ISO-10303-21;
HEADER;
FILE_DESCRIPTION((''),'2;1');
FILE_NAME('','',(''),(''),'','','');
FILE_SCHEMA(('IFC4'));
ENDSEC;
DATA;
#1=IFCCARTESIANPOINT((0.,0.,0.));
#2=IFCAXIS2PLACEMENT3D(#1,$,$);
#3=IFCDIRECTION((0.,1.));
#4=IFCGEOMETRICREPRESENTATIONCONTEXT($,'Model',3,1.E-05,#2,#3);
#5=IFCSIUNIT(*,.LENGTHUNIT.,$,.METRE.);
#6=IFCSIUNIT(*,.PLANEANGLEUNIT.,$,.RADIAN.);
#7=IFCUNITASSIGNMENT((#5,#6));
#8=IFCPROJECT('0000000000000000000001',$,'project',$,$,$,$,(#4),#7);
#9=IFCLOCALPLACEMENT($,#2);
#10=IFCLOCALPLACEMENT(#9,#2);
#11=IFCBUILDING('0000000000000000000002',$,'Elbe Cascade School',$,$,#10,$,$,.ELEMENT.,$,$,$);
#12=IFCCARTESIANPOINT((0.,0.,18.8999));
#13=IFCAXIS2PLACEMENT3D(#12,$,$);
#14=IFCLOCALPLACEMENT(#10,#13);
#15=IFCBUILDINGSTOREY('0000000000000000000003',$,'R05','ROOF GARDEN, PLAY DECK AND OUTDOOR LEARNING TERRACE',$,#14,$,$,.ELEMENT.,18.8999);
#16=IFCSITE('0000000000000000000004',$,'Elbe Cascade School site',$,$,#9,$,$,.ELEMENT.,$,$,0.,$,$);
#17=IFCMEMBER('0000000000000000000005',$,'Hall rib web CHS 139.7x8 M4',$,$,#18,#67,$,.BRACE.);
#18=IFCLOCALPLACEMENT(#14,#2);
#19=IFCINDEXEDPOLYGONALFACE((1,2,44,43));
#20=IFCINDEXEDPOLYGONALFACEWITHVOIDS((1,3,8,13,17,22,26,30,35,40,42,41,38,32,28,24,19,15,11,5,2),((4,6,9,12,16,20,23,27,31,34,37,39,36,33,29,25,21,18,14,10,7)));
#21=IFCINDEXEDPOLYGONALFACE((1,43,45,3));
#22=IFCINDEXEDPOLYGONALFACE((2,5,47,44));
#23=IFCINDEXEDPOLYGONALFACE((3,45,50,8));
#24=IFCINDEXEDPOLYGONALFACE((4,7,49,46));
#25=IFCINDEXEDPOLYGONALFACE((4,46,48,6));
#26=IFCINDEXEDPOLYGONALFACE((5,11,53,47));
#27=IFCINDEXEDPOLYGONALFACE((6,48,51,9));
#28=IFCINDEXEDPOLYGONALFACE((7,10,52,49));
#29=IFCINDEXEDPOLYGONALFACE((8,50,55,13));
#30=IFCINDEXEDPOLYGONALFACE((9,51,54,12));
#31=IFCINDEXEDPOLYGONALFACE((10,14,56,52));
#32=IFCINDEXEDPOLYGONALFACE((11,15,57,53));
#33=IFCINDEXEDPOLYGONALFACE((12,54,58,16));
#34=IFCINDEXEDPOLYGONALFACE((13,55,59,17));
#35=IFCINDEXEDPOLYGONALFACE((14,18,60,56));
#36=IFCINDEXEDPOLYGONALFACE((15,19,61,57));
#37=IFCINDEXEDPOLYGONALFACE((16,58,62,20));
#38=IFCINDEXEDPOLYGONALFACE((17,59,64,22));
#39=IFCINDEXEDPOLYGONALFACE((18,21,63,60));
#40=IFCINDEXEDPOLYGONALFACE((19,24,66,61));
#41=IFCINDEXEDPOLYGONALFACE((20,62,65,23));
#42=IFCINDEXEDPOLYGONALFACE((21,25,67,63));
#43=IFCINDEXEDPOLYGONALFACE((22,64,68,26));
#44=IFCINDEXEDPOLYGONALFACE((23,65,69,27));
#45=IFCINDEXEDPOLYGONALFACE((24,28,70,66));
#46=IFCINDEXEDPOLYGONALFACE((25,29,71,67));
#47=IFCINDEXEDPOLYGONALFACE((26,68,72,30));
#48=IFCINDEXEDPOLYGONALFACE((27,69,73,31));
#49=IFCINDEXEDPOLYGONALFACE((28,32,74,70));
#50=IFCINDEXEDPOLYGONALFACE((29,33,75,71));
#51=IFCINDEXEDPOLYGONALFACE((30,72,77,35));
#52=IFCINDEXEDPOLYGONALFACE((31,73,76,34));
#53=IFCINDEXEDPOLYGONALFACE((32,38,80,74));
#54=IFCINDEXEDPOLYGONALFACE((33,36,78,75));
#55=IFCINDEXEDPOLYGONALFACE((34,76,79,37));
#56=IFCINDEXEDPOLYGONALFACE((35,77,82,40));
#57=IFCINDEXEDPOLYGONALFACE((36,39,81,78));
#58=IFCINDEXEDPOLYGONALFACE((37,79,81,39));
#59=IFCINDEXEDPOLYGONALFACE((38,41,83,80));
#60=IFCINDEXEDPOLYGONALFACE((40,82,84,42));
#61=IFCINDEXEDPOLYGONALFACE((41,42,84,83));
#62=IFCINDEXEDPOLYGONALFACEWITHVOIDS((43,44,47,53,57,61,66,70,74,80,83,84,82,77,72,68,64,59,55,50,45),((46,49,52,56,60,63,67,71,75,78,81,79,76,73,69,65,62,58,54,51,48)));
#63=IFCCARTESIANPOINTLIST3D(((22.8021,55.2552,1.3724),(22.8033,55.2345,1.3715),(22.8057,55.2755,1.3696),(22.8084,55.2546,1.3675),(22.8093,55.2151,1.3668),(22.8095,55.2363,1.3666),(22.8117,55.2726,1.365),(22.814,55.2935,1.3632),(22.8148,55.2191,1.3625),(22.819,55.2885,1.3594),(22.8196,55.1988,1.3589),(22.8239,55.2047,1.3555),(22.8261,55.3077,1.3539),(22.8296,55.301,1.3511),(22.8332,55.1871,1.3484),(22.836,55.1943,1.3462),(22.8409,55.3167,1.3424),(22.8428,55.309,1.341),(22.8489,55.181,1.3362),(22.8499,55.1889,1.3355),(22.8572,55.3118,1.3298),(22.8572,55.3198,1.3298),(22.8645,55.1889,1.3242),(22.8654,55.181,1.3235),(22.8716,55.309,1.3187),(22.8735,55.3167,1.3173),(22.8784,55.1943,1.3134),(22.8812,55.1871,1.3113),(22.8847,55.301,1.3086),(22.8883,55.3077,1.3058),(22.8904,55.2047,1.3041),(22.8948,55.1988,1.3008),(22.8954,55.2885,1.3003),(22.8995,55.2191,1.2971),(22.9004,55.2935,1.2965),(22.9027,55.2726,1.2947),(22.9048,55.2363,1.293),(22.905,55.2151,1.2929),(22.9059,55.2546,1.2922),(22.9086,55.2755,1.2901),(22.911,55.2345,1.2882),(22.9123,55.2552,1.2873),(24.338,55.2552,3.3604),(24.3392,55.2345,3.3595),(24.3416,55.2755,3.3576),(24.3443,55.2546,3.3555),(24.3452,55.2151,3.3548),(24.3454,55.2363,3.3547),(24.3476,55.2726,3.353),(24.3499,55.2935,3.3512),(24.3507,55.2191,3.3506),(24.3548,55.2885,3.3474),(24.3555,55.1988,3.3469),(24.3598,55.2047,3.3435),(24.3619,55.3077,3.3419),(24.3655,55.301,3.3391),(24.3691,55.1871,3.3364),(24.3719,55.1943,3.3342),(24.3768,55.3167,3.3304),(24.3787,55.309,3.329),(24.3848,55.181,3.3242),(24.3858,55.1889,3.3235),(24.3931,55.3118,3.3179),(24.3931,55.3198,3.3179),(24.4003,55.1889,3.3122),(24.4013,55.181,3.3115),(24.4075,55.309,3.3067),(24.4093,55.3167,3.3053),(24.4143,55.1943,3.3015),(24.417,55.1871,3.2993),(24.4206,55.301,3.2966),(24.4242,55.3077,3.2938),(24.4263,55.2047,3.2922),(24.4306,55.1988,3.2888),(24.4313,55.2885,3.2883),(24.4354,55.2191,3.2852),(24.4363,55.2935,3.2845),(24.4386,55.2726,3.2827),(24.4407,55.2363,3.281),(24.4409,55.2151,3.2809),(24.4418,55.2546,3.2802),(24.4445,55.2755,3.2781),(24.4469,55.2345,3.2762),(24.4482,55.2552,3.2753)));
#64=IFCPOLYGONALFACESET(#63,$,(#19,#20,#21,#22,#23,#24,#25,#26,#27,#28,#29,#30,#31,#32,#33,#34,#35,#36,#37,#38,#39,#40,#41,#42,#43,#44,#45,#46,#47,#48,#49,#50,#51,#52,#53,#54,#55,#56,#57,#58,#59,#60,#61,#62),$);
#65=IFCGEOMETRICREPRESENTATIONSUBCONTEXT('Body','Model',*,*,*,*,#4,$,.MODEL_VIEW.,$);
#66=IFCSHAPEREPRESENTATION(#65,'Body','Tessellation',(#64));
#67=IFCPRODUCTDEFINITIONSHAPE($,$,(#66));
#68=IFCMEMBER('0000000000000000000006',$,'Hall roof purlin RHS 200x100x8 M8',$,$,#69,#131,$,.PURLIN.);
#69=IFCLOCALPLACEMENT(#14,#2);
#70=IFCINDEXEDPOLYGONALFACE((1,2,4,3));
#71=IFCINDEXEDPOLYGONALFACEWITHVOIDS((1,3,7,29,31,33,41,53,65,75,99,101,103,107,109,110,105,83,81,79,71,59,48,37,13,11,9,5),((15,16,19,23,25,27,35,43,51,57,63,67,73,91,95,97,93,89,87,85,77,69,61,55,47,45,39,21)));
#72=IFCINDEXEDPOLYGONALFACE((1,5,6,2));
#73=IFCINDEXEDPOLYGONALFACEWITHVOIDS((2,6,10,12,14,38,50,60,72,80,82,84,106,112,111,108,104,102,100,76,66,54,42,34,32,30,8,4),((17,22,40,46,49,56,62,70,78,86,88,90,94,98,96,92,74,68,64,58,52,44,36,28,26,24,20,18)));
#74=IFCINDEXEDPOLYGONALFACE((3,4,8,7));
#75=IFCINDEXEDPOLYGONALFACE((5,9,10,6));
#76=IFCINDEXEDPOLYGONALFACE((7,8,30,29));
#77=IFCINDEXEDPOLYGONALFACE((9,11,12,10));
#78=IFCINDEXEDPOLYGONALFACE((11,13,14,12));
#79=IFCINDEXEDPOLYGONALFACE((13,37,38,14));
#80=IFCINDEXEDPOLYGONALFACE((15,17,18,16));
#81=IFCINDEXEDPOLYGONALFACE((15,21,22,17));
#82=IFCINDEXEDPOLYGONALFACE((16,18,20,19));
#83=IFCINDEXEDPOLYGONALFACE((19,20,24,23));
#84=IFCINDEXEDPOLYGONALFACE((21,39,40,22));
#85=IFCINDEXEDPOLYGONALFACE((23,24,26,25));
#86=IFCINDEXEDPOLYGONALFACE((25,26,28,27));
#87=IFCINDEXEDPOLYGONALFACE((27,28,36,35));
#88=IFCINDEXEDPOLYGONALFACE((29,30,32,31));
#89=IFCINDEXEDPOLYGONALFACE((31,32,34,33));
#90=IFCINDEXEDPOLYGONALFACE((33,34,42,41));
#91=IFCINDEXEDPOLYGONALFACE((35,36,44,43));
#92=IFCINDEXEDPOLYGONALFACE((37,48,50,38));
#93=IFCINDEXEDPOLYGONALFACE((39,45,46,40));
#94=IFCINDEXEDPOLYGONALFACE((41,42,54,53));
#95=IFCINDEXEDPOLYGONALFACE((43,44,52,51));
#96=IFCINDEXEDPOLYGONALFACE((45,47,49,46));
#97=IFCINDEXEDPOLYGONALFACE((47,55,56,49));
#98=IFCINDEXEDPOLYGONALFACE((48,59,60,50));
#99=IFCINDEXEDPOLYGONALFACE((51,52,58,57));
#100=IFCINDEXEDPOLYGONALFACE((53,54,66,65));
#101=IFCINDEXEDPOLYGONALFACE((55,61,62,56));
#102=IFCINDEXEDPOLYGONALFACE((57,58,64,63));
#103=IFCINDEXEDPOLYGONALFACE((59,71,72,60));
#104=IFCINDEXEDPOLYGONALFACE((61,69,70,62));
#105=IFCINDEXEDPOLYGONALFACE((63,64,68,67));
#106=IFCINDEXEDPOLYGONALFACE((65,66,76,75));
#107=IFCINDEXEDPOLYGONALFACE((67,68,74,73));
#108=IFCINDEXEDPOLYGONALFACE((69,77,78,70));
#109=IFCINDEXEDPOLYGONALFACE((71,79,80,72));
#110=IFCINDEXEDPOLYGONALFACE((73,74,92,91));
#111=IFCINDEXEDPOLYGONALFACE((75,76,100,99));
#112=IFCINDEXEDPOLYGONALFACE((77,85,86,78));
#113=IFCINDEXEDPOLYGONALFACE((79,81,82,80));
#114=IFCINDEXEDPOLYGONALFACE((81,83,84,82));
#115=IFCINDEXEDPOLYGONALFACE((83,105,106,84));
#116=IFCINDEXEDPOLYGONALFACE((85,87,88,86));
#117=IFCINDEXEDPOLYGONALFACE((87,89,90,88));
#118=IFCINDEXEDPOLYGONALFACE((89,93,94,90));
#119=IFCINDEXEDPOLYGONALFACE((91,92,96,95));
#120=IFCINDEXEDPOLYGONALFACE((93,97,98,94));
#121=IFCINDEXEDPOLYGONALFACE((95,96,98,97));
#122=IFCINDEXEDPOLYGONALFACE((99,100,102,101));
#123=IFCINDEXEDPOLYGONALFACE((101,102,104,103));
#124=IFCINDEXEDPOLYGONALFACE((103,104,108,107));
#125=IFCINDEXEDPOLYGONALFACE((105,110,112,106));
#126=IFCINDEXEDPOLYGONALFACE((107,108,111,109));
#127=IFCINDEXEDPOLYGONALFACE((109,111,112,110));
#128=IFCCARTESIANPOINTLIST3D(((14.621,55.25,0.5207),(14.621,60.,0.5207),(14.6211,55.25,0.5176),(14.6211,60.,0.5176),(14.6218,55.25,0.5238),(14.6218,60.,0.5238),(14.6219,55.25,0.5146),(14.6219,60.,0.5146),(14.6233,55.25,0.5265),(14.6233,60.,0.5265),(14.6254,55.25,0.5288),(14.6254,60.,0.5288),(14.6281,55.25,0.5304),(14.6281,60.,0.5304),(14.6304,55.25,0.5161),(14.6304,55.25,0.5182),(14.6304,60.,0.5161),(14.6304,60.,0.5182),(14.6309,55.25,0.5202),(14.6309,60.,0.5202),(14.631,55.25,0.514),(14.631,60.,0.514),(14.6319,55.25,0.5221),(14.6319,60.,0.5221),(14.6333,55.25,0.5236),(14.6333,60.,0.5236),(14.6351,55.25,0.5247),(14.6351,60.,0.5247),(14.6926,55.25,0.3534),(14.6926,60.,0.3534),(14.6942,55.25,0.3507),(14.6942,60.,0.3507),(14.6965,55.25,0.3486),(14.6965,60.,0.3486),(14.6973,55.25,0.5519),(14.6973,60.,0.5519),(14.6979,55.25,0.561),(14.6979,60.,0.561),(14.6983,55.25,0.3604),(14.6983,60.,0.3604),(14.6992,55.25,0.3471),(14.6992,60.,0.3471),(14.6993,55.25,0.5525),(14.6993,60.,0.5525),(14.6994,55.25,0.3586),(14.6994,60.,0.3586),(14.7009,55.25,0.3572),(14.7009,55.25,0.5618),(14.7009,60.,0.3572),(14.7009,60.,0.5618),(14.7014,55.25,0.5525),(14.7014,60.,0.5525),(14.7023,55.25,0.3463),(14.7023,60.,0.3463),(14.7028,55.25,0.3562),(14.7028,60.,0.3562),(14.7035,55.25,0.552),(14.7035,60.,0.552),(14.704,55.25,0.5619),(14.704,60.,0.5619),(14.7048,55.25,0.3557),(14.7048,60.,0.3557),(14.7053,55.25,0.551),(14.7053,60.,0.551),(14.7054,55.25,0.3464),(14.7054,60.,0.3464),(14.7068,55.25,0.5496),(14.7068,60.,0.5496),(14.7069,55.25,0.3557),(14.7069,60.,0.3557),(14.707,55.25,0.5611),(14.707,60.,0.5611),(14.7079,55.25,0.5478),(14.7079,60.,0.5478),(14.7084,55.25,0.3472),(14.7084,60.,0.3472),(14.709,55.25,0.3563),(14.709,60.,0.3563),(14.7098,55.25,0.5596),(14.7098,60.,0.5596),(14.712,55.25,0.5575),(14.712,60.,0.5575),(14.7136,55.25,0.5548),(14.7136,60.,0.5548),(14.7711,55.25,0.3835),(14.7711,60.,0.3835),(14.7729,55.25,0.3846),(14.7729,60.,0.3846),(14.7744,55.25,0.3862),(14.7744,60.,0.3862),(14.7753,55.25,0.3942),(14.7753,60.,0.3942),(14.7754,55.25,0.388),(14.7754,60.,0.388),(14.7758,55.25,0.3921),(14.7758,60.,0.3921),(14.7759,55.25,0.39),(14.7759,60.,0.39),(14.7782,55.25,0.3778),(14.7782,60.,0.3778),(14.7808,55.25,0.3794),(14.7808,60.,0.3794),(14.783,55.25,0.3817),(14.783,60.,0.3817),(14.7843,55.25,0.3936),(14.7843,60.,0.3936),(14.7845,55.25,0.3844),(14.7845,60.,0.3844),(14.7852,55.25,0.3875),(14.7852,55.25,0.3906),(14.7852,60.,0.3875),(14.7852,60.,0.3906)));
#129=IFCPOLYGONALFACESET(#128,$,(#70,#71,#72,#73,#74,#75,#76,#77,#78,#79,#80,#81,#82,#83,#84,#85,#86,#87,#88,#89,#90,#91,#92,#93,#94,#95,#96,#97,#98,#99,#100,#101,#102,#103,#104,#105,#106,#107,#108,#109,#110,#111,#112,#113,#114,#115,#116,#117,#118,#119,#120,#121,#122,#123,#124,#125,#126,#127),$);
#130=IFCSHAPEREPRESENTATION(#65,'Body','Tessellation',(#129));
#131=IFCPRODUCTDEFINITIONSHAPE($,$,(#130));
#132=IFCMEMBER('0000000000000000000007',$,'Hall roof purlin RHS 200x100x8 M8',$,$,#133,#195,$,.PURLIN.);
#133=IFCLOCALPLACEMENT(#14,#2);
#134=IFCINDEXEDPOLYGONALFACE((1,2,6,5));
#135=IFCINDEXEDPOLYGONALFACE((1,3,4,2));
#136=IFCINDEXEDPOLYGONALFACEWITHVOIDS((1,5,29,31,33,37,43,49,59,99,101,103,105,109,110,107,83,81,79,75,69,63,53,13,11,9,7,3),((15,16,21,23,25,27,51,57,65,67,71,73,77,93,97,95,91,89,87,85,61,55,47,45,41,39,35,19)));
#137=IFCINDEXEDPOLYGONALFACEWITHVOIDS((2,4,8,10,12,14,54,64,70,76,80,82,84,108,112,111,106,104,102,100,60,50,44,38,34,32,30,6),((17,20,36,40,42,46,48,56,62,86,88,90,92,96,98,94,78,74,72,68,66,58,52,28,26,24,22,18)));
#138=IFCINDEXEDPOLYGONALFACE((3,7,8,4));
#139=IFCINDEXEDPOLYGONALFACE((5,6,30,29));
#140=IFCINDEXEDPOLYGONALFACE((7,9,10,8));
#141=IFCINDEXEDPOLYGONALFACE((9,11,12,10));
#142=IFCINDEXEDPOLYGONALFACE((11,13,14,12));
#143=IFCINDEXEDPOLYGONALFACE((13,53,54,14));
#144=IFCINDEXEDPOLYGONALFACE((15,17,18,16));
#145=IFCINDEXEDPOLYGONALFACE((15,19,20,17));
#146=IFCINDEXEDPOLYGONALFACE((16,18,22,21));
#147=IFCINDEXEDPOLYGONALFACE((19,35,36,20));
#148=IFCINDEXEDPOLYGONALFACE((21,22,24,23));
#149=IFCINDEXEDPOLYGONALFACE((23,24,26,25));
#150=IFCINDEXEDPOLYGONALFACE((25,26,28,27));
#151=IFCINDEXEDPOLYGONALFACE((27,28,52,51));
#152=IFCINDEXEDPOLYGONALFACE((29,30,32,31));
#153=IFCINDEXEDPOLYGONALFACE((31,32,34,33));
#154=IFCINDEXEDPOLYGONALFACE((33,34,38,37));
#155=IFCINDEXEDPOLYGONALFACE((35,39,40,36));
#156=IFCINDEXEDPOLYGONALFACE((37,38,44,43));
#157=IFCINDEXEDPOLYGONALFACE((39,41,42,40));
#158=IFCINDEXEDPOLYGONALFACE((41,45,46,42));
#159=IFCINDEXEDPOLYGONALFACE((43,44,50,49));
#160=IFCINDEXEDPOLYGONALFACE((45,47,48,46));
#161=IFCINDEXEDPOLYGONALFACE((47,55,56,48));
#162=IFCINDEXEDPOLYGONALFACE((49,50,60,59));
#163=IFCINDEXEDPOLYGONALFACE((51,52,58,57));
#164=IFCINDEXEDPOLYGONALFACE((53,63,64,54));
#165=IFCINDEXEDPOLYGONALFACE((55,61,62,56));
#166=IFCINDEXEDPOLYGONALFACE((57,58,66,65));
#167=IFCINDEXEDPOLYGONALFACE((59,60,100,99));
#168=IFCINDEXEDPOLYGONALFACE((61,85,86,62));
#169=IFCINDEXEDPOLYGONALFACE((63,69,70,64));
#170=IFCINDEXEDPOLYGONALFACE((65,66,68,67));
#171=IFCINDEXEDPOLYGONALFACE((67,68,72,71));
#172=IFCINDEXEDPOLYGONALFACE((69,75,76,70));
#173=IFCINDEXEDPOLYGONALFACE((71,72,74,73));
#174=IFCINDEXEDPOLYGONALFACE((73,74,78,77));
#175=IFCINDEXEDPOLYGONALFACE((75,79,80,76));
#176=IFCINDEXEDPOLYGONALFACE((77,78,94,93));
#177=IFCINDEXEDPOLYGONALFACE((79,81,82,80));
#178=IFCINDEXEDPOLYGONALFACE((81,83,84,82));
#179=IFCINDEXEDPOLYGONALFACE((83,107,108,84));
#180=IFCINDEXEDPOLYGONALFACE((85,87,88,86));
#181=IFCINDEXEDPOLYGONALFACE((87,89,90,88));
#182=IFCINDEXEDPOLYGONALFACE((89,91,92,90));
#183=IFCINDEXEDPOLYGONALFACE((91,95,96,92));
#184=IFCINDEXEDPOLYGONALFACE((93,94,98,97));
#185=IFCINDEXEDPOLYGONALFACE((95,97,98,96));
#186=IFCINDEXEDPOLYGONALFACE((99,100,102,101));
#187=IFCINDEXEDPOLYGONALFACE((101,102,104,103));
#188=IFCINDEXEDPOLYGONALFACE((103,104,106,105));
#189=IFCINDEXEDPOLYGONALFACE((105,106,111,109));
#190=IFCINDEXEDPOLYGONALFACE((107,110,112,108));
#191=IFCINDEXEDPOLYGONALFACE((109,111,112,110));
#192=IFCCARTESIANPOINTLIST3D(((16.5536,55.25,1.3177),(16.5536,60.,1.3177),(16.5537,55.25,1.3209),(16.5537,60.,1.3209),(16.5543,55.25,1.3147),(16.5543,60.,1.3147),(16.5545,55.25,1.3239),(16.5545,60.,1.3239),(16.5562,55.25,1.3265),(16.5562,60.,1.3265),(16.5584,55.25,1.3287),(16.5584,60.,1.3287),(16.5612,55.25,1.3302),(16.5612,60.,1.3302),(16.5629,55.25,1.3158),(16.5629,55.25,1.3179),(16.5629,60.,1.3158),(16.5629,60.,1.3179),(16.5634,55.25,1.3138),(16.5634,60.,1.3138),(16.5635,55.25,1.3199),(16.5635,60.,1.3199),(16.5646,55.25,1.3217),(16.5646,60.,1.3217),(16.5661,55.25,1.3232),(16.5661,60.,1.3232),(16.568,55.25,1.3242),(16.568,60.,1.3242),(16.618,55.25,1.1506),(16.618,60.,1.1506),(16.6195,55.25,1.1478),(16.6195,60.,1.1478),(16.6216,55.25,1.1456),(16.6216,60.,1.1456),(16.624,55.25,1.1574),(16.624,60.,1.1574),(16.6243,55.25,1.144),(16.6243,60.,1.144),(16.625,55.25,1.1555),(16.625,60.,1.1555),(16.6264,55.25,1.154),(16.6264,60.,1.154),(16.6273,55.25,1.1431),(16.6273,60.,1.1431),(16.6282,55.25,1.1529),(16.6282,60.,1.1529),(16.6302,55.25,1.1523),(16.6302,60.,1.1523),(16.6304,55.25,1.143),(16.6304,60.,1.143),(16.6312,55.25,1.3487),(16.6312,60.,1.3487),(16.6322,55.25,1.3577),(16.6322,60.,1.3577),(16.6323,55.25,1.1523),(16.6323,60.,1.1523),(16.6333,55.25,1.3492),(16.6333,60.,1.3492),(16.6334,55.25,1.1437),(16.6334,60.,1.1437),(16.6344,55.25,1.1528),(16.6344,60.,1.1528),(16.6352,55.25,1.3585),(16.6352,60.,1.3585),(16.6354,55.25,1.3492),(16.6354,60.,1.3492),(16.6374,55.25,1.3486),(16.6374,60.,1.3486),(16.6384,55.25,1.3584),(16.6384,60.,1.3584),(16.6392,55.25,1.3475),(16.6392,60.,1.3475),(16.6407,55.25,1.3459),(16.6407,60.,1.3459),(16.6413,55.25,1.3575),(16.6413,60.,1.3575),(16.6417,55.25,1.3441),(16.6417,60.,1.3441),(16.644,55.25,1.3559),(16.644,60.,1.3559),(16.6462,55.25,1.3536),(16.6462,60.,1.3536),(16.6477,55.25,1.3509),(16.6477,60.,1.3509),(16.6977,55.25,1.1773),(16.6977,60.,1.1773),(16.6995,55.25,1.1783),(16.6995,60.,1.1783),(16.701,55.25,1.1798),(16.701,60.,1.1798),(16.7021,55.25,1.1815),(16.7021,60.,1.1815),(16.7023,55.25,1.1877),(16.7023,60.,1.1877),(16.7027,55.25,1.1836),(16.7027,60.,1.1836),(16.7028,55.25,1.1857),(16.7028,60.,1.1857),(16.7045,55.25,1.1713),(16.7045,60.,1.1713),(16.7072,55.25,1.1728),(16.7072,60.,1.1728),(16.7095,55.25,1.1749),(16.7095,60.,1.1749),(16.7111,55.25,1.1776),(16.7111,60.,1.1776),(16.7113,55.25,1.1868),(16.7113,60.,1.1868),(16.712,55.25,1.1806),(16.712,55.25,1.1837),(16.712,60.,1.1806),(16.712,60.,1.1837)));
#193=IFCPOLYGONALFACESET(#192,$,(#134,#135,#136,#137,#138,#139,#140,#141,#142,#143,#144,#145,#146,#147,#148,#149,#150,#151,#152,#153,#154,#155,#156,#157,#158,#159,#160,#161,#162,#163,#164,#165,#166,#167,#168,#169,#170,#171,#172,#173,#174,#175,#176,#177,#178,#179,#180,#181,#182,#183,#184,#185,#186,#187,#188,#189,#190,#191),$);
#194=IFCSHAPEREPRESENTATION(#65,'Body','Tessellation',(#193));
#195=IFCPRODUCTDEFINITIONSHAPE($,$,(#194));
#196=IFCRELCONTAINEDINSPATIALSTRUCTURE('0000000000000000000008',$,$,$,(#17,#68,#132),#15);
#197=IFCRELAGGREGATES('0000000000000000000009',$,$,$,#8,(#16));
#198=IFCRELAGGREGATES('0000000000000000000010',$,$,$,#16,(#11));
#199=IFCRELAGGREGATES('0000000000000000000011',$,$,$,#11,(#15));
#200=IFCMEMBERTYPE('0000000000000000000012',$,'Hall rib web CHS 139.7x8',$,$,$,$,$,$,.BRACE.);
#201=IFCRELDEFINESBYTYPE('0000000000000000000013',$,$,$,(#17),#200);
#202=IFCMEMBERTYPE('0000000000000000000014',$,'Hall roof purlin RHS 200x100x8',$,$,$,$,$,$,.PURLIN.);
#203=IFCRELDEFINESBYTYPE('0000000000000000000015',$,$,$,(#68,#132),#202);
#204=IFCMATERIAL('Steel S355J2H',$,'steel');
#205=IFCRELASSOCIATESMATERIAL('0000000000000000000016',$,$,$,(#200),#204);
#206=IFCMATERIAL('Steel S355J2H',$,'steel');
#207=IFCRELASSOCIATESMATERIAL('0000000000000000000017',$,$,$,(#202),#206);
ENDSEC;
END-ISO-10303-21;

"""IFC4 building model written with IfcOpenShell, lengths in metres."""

from ifc_helpers import new_model, si_unit, direction, frame, origin, origin_2d, place, context, subcontext, project, spatial, hollow_rectangle, hollow_circle, extrude, material, material_profile, profile_set, type_object, element, save


model = new_model("IFC4")

# Units and contexts
model_context = context("Model", 3, precision=1e-05, world=origin(), true_north=direction((0.0, 1.0)))
body_context = subcontext(model_context, "Body", "Model", "MODEL_VIEW")
ifc_project = project(units=[si_unit("LENGTHUNIT", "METRE"), si_unit("PLANEANGLEUNIT", "RADIAN")], contexts=[model_context])

# Site, building, storey
site_placement = place(None, origin())
site = spatial("IfcSite", under=ifc_project, at=site_placement, Name="Elbe Cascade School site", CompositionType="ELEMENT", RefElevation=0.0)
building_placement = place(site_placement, origin())
building = spatial("IfcBuilding", under=site, at=building_placement, Name="Elbe Cascade School", CompositionType="ELEMENT")
storey_placement = place(building_placement, frame((0.0, 0.0, 18.8999)))
storey = spatial("IfcBuildingStorey", under=building, at=storey_placement, Name="R05", Description="ROOF GARDEN, PLAY DECK AND OUTDOOR LEARNING TERRACE", CompositionType="ELEMENT", Elevation=18.8999)

# Members
ifc_material_1 = material(Name="Steel S355J2H", Category="steel")
ifc_material_profile_1 = material_profile(ifc_material_1, hollow_circle(Radius=0.0698, WallThickness=0.0081, at=origin_2d()), Name="CHS 139.7x8")
ifc_profile_set_1 = profile_set([ifc_material_profile_1], Name="Steel S355J2H")
member_type_1 = type_object("IfcMemberType", Name="Hall rib web CHS 139.7x8", PredefinedType="BRACE", material=ifc_profile_set_1)
member_1_placement = place(storey_placement, frame((22.8572, 55.25, 1.3298), z_axis=(0.611367, 0.0, 0.791347), x_axis=(0.0, 1.0, 0.0)))
element("IfcMember", 1, at=member_1_placement, inside=storey, type_object=member_type_1, Name="Hall rib web CHS 139.7x8 M4", PredefinedType="BRACE", context=body_context, shape_type="SweptSolid", body=[
    extrude(hollow_circle(Radius=0.0698, WallThickness=0.0081, at=origin_2d()), origin(), (0.0, 0.0, 1.0), 2.5122),
])
ifc_material_2 = material(Name="Steel S355J2H", Category="steel")
ifc_material_profile_2 = material_profile(ifc_material_2, hollow_rectangle(XDim=0.1001, YDim=0.2, WallThickness=0.0081, InnerFilletRadius=0.0081, OuterFilletRadius=0.012, at=origin_2d()), Name="RHS 200x100x8")
ifc_profile_set_2 = profile_set([ifc_material_profile_2], Name="Steel S355J2H")
member_type_2 = type_object("IfcMemberType", Name="Hall roof purlin RHS 200x100x8", PredefinedType="PURLIN", material=ifc_profile_set_2)
for number, where, z_axis, x_axis, name in (
    (2, (14.7031, 55.25, 0.4541), (0.0, 1.0, 0.0), (-0.91584, 0.0, -0.401544), "Hall roof purlin RHS 200x100x8 M8"),
    (3, (16.6328, 55.25, 1.2507), (0.0, 1.0, 0.0), (-0.932415, 0.0, -0.36139), "Hall roof purlin RHS 200x100x8 M8"),
):
    element("IfcMember", number, at=place(storey_placement, frame(where, z_axis=z_axis, x_axis=x_axis)), inside=storey, type_object=member_type_2, Name=name, PredefinedType="PURLIN", context=body_context, shape_type="SweptSolid", body=[
        extrude(hollow_rectangle(XDim=0.1001, YDim=0.2, WallThickness=0.0081, InnerFilletRadius=0.0081, OuterFilletRadius=0.012, at=origin_2d()), origin(), (0.0, 0.0, 1.0), 4.75),
    ])

save(model, "model.ifc")
